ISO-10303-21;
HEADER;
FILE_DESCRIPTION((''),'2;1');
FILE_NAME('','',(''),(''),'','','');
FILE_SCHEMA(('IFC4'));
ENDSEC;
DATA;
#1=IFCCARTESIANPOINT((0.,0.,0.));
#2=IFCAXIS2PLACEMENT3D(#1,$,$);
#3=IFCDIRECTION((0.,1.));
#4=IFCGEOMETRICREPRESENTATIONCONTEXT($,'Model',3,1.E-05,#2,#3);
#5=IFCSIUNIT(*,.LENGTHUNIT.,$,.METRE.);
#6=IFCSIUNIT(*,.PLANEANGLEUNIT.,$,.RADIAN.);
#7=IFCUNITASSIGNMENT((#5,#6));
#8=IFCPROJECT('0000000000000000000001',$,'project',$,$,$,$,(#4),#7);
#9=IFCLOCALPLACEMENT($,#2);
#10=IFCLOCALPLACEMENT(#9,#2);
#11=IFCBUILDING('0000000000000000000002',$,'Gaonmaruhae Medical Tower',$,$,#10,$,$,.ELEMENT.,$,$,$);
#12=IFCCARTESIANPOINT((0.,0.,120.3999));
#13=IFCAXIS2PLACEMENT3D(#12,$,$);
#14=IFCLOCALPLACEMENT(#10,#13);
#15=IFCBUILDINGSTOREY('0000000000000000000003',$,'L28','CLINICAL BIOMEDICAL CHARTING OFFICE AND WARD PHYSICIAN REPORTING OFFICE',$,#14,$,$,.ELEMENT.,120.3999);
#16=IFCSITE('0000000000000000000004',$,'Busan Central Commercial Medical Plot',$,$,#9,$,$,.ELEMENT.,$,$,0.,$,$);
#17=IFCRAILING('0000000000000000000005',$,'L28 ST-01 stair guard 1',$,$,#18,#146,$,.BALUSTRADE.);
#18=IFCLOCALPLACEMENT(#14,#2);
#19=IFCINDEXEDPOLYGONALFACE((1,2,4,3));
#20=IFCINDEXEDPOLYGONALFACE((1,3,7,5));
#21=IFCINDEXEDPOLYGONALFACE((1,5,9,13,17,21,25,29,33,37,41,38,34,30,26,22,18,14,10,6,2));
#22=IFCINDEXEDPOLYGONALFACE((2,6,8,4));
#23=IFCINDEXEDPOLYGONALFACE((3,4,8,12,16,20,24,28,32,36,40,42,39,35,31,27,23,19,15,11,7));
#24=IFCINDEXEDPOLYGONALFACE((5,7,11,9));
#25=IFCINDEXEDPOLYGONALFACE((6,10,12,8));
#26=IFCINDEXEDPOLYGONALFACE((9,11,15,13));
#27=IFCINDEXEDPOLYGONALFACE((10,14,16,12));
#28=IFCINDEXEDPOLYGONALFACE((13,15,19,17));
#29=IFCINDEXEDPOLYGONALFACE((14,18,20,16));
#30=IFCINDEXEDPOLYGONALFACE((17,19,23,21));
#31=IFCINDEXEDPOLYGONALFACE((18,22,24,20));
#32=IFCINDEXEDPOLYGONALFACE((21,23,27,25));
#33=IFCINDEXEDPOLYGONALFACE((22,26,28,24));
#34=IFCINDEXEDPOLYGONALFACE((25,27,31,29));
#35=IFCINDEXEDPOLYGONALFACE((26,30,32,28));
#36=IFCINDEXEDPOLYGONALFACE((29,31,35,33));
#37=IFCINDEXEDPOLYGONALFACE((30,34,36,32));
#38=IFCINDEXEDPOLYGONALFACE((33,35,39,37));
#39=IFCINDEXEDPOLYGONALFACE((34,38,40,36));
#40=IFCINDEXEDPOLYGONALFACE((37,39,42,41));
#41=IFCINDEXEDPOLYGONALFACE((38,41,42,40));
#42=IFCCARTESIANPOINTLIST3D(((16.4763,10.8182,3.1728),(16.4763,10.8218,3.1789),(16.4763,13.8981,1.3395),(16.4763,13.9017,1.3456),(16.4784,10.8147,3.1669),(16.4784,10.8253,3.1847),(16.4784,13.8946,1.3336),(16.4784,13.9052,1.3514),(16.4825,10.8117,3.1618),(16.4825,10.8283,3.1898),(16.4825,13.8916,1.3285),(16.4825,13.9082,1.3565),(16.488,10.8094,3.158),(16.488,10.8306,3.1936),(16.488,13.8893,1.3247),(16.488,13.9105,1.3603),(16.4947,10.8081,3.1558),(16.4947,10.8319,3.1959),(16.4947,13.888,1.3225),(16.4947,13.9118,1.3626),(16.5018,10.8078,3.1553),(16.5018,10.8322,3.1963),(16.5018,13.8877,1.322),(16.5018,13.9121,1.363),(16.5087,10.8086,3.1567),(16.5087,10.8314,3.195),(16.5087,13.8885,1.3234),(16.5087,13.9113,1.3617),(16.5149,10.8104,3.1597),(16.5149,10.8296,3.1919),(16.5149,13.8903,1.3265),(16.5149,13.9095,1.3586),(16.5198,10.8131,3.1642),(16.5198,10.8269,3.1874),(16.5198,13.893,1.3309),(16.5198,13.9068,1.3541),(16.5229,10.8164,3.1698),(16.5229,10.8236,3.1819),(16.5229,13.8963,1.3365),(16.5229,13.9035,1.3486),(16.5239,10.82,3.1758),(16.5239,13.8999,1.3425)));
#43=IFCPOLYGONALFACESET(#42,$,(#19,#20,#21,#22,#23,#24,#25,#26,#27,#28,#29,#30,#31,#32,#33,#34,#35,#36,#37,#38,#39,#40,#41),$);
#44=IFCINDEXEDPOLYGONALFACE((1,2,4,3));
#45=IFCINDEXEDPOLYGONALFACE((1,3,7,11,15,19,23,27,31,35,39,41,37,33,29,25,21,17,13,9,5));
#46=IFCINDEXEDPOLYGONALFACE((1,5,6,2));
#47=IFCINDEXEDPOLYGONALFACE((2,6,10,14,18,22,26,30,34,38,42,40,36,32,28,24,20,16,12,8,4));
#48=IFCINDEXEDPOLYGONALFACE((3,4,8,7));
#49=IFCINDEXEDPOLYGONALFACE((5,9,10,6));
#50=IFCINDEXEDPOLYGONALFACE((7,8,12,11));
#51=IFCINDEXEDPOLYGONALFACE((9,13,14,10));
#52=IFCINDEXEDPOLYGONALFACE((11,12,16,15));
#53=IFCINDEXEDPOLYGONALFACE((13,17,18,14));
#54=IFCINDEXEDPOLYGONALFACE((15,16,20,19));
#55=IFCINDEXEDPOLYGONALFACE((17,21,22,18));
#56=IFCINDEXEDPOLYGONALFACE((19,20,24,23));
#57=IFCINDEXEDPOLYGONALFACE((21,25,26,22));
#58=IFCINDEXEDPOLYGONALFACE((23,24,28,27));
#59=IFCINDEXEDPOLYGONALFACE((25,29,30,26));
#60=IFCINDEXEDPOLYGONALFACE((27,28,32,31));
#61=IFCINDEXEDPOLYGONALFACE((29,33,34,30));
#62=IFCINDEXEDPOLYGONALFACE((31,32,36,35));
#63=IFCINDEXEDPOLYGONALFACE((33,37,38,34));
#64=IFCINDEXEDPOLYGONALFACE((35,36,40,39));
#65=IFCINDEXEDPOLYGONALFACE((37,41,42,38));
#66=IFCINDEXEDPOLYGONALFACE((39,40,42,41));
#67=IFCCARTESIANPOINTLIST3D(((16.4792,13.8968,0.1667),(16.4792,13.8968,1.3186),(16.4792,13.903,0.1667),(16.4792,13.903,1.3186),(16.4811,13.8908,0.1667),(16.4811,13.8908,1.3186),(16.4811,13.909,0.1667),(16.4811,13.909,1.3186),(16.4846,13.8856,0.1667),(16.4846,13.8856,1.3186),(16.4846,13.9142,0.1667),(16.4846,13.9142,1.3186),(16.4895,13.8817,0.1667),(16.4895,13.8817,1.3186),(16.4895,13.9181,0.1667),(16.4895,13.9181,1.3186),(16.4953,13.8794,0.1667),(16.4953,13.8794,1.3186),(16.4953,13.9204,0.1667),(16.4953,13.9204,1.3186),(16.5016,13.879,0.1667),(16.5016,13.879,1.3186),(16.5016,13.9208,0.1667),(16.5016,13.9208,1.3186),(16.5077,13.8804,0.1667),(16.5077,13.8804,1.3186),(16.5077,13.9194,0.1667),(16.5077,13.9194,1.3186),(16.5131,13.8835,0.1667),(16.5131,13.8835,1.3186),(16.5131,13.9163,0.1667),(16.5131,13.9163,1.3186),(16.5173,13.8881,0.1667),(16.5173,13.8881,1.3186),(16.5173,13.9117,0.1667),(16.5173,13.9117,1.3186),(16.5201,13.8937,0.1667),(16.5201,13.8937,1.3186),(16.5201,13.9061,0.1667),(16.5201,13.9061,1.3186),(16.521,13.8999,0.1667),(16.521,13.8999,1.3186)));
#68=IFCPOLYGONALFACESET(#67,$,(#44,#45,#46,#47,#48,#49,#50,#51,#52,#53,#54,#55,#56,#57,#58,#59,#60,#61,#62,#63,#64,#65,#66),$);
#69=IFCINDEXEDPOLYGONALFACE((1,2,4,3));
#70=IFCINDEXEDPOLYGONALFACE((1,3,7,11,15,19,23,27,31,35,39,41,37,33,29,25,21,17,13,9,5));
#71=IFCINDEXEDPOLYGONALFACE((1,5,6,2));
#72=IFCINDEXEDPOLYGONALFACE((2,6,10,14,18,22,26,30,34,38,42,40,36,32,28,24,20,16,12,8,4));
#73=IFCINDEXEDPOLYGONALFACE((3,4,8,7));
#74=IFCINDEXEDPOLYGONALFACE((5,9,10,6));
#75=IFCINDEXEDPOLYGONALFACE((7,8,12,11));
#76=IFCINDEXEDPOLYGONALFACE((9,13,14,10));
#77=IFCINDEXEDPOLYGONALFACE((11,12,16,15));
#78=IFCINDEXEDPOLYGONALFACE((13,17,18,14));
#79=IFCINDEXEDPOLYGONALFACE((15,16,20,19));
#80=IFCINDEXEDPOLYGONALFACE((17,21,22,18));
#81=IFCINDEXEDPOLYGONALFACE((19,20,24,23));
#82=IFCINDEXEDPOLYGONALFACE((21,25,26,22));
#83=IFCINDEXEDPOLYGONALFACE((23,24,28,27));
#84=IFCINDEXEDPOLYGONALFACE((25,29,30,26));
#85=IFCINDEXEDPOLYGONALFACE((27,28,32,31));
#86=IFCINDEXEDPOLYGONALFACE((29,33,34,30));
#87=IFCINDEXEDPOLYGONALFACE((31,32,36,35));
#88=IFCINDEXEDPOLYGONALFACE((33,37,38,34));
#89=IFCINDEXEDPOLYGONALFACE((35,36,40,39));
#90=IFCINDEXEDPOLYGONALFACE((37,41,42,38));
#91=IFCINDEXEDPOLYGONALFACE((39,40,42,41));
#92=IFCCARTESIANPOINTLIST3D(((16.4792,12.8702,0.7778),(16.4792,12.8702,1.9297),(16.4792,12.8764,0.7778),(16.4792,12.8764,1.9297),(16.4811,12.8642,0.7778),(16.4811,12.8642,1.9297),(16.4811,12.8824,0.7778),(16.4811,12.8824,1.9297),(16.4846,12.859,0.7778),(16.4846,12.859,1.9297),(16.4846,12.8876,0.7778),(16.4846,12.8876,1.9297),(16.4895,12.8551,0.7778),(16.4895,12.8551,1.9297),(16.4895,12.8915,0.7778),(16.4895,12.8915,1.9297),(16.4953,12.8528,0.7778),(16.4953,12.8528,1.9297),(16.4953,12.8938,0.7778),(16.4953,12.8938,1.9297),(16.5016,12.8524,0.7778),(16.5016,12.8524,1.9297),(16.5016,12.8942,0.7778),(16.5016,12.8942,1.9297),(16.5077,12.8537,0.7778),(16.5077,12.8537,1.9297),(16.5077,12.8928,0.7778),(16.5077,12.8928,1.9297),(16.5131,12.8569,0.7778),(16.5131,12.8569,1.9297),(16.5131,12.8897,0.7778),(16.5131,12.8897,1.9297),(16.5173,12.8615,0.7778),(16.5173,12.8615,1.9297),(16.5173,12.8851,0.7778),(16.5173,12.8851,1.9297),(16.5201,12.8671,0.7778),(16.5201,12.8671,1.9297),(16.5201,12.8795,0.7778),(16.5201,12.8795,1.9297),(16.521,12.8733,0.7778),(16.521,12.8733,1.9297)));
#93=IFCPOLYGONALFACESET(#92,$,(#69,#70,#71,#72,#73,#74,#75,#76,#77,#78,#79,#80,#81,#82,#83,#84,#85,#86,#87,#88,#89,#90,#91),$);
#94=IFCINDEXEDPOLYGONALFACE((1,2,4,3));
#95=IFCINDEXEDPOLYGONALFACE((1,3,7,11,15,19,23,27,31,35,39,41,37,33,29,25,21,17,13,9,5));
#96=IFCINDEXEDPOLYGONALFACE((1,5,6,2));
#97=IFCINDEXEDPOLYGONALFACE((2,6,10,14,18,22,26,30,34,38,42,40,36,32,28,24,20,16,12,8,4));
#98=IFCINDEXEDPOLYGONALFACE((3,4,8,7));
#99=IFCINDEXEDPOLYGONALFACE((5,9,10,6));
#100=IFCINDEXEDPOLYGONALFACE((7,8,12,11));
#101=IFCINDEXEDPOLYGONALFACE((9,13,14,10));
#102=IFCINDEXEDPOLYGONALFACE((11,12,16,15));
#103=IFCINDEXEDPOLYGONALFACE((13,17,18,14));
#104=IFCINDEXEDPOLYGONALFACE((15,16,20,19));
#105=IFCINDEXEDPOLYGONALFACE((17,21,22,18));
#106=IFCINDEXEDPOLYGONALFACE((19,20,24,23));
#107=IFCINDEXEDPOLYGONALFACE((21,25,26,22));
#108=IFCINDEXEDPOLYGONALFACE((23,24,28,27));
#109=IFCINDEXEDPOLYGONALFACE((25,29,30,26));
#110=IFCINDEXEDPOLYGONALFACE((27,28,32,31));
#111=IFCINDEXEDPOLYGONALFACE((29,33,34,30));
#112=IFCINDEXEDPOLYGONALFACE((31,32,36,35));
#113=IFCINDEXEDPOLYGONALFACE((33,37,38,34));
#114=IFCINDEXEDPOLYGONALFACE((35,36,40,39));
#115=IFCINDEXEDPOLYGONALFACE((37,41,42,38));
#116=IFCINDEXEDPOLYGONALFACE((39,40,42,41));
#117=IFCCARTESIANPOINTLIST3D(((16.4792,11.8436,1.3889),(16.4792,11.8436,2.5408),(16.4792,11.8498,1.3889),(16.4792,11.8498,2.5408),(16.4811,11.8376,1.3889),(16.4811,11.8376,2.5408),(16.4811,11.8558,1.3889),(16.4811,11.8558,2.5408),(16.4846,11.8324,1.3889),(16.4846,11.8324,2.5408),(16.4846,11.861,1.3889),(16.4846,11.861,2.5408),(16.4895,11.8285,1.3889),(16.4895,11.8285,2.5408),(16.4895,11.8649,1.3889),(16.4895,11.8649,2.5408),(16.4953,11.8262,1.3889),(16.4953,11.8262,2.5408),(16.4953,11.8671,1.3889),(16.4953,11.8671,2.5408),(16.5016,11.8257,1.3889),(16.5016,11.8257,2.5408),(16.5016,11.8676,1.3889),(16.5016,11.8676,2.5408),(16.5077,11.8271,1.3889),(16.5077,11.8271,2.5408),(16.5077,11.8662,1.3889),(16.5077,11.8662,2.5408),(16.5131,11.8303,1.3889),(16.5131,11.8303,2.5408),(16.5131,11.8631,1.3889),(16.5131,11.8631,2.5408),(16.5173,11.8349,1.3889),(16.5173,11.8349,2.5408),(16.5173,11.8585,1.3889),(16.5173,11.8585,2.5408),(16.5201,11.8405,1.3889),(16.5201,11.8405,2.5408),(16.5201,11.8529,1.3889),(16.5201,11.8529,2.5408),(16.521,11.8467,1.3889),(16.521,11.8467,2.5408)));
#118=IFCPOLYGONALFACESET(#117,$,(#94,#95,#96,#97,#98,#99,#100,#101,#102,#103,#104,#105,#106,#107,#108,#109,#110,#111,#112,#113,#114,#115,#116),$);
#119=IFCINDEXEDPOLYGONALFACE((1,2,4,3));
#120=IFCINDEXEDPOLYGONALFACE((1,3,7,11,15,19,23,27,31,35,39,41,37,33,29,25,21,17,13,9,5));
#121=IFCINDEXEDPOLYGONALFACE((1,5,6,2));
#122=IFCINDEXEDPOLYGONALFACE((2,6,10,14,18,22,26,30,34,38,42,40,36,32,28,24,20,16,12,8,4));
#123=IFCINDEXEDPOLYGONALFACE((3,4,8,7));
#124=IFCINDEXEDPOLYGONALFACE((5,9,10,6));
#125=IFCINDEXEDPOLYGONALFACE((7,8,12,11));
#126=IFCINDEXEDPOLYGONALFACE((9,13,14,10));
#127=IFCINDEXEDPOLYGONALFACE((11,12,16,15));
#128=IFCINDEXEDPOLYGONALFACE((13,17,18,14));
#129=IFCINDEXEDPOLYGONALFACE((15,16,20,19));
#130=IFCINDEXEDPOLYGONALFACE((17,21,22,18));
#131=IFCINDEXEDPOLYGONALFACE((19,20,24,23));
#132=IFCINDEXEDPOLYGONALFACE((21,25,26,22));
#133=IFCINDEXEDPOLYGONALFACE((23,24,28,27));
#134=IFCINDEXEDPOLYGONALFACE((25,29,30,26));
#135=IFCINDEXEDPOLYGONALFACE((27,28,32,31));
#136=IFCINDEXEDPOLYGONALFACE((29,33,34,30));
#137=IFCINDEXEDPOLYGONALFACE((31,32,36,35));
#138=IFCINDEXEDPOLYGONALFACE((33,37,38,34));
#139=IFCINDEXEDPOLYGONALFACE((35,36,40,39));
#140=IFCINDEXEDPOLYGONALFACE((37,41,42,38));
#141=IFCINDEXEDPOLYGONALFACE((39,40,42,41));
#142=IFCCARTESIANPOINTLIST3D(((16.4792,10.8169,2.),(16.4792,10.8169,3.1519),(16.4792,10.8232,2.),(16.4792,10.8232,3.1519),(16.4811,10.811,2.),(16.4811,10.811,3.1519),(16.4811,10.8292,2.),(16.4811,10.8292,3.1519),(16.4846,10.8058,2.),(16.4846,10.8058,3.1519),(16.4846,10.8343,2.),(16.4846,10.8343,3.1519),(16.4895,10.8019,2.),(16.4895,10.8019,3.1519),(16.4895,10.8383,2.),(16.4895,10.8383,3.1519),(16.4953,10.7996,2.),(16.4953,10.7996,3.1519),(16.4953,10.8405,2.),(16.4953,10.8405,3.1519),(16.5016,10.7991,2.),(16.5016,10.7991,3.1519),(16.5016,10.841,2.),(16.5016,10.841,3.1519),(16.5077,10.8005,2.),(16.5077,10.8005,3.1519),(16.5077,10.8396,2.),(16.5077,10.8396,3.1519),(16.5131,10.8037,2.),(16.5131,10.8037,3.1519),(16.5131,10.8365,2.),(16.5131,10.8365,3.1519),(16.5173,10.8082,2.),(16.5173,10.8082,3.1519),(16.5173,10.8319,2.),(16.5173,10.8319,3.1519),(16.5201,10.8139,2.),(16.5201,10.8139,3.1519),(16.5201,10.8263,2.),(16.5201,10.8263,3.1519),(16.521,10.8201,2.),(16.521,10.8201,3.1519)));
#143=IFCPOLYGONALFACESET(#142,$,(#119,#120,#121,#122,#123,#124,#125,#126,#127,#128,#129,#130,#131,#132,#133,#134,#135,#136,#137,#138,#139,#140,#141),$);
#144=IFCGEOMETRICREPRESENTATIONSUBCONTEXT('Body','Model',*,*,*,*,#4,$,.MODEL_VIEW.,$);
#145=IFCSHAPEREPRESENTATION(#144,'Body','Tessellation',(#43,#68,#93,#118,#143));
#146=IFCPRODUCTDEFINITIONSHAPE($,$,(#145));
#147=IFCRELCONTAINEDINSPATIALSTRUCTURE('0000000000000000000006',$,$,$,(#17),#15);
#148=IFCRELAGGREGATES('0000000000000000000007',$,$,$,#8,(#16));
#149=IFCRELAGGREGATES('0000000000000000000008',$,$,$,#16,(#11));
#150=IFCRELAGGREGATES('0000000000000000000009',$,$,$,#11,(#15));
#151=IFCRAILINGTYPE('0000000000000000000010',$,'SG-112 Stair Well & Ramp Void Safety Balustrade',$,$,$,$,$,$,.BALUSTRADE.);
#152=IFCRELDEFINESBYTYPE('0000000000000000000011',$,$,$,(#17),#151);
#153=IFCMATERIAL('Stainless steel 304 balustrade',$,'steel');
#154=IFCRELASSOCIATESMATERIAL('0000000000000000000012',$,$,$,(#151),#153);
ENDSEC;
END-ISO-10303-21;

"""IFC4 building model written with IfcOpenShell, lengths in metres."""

from ifc_helpers import new_model, si_unit, direction, frame, origin, origin_2d, place, context, subcontext, project, spatial, circle, extrude, material, type_object, element, save


model = new_model("IFC4")

# Units and contexts
model_context = context("Model", 3, precision=1e-05, world=origin(), true_north=direction((0.0, 1.0)))
body_context = subcontext(model_context, "Body", "Model", "MODEL_VIEW")
ifc_project = project(units=[si_unit("LENGTHUNIT", "METRE"), si_unit("PLANEANGLEUNIT", "RADIAN")], contexts=[model_context])

# Site, building, storey
site_placement = place(None, origin())
site = spatial("IfcSite", under=ifc_project, at=site_placement, Name="Busan Central Commercial Medical Plot", CompositionType="ELEMENT", RefElevation=0.0)
building_placement = place(site_placement, origin())
building = spatial("IfcBuilding", under=site, at=building_placement, Name="Gaonmaruhae Medical Tower", CompositionType="ELEMENT")
storey_placement = place(building_placement, frame((0.0, 0.0, 120.3999)))
storey = spatial("IfcBuildingStorey", under=building, at=storey_placement, Name="L28", Description="CLINICAL BIOMEDICAL CHARTING OFFICE AND WARD PHYSICIAN REPORTING OFFICE", CompositionType="ELEMENT", Elevation=120.3999)

# Railing
ifc_material_1 = material(Name="Stainless steel 304 balustrade", Category="steel")
railing_type_1 = type_object("IfcRailingType", Name="SG-112 Stair Well & Ramp Void Safety Balustrade", PredefinedType="BALUSTRADE", material=ifc_material_1)
railing_1_placement = place(storey_placement, frame((16.5, 13.8999, 0.1667)))
element("IfcRailing", 1, at=railing_1_placement, inside=storey, type_object=railing_type_1, Name="L28 ST-01 stair guard 1", PredefinedType="BALUSTRADE", context=body_context, shape_type="SweptSolid", body=[
    extrude(circle(Radius=0.0239, at=origin_2d()), frame((0.0, 0.0, 1.1758), z_axis=(0.0, -0.859291, 0.511487), x_axis=(1.0, 0.0, 0.0)), (0.0, 0.0, 1.0), 3.5842),
    extrude(circle(Radius=0.021, at=origin_2d()), origin(), (0.0, 0.0, 1.0), 1.1519),
    extrude(circle(Radius=0.021, at=origin_2d()), frame((0.0, -1.0266, 0.6111)), (0.0, 0.0, 1.0), 1.1519),
    extrude(circle(Radius=0.021, at=origin_2d()), frame((0.0, -2.0532, 1.2222)), (0.0, 0.0, 1.0), 1.1519),
    extrude(circle(Radius=0.021, at=origin_2d()), frame((0.0, -3.0798, 1.8333)), (0.0, 0.0, 1.0), 1.1519),
])

save(model, "model.ifc")
